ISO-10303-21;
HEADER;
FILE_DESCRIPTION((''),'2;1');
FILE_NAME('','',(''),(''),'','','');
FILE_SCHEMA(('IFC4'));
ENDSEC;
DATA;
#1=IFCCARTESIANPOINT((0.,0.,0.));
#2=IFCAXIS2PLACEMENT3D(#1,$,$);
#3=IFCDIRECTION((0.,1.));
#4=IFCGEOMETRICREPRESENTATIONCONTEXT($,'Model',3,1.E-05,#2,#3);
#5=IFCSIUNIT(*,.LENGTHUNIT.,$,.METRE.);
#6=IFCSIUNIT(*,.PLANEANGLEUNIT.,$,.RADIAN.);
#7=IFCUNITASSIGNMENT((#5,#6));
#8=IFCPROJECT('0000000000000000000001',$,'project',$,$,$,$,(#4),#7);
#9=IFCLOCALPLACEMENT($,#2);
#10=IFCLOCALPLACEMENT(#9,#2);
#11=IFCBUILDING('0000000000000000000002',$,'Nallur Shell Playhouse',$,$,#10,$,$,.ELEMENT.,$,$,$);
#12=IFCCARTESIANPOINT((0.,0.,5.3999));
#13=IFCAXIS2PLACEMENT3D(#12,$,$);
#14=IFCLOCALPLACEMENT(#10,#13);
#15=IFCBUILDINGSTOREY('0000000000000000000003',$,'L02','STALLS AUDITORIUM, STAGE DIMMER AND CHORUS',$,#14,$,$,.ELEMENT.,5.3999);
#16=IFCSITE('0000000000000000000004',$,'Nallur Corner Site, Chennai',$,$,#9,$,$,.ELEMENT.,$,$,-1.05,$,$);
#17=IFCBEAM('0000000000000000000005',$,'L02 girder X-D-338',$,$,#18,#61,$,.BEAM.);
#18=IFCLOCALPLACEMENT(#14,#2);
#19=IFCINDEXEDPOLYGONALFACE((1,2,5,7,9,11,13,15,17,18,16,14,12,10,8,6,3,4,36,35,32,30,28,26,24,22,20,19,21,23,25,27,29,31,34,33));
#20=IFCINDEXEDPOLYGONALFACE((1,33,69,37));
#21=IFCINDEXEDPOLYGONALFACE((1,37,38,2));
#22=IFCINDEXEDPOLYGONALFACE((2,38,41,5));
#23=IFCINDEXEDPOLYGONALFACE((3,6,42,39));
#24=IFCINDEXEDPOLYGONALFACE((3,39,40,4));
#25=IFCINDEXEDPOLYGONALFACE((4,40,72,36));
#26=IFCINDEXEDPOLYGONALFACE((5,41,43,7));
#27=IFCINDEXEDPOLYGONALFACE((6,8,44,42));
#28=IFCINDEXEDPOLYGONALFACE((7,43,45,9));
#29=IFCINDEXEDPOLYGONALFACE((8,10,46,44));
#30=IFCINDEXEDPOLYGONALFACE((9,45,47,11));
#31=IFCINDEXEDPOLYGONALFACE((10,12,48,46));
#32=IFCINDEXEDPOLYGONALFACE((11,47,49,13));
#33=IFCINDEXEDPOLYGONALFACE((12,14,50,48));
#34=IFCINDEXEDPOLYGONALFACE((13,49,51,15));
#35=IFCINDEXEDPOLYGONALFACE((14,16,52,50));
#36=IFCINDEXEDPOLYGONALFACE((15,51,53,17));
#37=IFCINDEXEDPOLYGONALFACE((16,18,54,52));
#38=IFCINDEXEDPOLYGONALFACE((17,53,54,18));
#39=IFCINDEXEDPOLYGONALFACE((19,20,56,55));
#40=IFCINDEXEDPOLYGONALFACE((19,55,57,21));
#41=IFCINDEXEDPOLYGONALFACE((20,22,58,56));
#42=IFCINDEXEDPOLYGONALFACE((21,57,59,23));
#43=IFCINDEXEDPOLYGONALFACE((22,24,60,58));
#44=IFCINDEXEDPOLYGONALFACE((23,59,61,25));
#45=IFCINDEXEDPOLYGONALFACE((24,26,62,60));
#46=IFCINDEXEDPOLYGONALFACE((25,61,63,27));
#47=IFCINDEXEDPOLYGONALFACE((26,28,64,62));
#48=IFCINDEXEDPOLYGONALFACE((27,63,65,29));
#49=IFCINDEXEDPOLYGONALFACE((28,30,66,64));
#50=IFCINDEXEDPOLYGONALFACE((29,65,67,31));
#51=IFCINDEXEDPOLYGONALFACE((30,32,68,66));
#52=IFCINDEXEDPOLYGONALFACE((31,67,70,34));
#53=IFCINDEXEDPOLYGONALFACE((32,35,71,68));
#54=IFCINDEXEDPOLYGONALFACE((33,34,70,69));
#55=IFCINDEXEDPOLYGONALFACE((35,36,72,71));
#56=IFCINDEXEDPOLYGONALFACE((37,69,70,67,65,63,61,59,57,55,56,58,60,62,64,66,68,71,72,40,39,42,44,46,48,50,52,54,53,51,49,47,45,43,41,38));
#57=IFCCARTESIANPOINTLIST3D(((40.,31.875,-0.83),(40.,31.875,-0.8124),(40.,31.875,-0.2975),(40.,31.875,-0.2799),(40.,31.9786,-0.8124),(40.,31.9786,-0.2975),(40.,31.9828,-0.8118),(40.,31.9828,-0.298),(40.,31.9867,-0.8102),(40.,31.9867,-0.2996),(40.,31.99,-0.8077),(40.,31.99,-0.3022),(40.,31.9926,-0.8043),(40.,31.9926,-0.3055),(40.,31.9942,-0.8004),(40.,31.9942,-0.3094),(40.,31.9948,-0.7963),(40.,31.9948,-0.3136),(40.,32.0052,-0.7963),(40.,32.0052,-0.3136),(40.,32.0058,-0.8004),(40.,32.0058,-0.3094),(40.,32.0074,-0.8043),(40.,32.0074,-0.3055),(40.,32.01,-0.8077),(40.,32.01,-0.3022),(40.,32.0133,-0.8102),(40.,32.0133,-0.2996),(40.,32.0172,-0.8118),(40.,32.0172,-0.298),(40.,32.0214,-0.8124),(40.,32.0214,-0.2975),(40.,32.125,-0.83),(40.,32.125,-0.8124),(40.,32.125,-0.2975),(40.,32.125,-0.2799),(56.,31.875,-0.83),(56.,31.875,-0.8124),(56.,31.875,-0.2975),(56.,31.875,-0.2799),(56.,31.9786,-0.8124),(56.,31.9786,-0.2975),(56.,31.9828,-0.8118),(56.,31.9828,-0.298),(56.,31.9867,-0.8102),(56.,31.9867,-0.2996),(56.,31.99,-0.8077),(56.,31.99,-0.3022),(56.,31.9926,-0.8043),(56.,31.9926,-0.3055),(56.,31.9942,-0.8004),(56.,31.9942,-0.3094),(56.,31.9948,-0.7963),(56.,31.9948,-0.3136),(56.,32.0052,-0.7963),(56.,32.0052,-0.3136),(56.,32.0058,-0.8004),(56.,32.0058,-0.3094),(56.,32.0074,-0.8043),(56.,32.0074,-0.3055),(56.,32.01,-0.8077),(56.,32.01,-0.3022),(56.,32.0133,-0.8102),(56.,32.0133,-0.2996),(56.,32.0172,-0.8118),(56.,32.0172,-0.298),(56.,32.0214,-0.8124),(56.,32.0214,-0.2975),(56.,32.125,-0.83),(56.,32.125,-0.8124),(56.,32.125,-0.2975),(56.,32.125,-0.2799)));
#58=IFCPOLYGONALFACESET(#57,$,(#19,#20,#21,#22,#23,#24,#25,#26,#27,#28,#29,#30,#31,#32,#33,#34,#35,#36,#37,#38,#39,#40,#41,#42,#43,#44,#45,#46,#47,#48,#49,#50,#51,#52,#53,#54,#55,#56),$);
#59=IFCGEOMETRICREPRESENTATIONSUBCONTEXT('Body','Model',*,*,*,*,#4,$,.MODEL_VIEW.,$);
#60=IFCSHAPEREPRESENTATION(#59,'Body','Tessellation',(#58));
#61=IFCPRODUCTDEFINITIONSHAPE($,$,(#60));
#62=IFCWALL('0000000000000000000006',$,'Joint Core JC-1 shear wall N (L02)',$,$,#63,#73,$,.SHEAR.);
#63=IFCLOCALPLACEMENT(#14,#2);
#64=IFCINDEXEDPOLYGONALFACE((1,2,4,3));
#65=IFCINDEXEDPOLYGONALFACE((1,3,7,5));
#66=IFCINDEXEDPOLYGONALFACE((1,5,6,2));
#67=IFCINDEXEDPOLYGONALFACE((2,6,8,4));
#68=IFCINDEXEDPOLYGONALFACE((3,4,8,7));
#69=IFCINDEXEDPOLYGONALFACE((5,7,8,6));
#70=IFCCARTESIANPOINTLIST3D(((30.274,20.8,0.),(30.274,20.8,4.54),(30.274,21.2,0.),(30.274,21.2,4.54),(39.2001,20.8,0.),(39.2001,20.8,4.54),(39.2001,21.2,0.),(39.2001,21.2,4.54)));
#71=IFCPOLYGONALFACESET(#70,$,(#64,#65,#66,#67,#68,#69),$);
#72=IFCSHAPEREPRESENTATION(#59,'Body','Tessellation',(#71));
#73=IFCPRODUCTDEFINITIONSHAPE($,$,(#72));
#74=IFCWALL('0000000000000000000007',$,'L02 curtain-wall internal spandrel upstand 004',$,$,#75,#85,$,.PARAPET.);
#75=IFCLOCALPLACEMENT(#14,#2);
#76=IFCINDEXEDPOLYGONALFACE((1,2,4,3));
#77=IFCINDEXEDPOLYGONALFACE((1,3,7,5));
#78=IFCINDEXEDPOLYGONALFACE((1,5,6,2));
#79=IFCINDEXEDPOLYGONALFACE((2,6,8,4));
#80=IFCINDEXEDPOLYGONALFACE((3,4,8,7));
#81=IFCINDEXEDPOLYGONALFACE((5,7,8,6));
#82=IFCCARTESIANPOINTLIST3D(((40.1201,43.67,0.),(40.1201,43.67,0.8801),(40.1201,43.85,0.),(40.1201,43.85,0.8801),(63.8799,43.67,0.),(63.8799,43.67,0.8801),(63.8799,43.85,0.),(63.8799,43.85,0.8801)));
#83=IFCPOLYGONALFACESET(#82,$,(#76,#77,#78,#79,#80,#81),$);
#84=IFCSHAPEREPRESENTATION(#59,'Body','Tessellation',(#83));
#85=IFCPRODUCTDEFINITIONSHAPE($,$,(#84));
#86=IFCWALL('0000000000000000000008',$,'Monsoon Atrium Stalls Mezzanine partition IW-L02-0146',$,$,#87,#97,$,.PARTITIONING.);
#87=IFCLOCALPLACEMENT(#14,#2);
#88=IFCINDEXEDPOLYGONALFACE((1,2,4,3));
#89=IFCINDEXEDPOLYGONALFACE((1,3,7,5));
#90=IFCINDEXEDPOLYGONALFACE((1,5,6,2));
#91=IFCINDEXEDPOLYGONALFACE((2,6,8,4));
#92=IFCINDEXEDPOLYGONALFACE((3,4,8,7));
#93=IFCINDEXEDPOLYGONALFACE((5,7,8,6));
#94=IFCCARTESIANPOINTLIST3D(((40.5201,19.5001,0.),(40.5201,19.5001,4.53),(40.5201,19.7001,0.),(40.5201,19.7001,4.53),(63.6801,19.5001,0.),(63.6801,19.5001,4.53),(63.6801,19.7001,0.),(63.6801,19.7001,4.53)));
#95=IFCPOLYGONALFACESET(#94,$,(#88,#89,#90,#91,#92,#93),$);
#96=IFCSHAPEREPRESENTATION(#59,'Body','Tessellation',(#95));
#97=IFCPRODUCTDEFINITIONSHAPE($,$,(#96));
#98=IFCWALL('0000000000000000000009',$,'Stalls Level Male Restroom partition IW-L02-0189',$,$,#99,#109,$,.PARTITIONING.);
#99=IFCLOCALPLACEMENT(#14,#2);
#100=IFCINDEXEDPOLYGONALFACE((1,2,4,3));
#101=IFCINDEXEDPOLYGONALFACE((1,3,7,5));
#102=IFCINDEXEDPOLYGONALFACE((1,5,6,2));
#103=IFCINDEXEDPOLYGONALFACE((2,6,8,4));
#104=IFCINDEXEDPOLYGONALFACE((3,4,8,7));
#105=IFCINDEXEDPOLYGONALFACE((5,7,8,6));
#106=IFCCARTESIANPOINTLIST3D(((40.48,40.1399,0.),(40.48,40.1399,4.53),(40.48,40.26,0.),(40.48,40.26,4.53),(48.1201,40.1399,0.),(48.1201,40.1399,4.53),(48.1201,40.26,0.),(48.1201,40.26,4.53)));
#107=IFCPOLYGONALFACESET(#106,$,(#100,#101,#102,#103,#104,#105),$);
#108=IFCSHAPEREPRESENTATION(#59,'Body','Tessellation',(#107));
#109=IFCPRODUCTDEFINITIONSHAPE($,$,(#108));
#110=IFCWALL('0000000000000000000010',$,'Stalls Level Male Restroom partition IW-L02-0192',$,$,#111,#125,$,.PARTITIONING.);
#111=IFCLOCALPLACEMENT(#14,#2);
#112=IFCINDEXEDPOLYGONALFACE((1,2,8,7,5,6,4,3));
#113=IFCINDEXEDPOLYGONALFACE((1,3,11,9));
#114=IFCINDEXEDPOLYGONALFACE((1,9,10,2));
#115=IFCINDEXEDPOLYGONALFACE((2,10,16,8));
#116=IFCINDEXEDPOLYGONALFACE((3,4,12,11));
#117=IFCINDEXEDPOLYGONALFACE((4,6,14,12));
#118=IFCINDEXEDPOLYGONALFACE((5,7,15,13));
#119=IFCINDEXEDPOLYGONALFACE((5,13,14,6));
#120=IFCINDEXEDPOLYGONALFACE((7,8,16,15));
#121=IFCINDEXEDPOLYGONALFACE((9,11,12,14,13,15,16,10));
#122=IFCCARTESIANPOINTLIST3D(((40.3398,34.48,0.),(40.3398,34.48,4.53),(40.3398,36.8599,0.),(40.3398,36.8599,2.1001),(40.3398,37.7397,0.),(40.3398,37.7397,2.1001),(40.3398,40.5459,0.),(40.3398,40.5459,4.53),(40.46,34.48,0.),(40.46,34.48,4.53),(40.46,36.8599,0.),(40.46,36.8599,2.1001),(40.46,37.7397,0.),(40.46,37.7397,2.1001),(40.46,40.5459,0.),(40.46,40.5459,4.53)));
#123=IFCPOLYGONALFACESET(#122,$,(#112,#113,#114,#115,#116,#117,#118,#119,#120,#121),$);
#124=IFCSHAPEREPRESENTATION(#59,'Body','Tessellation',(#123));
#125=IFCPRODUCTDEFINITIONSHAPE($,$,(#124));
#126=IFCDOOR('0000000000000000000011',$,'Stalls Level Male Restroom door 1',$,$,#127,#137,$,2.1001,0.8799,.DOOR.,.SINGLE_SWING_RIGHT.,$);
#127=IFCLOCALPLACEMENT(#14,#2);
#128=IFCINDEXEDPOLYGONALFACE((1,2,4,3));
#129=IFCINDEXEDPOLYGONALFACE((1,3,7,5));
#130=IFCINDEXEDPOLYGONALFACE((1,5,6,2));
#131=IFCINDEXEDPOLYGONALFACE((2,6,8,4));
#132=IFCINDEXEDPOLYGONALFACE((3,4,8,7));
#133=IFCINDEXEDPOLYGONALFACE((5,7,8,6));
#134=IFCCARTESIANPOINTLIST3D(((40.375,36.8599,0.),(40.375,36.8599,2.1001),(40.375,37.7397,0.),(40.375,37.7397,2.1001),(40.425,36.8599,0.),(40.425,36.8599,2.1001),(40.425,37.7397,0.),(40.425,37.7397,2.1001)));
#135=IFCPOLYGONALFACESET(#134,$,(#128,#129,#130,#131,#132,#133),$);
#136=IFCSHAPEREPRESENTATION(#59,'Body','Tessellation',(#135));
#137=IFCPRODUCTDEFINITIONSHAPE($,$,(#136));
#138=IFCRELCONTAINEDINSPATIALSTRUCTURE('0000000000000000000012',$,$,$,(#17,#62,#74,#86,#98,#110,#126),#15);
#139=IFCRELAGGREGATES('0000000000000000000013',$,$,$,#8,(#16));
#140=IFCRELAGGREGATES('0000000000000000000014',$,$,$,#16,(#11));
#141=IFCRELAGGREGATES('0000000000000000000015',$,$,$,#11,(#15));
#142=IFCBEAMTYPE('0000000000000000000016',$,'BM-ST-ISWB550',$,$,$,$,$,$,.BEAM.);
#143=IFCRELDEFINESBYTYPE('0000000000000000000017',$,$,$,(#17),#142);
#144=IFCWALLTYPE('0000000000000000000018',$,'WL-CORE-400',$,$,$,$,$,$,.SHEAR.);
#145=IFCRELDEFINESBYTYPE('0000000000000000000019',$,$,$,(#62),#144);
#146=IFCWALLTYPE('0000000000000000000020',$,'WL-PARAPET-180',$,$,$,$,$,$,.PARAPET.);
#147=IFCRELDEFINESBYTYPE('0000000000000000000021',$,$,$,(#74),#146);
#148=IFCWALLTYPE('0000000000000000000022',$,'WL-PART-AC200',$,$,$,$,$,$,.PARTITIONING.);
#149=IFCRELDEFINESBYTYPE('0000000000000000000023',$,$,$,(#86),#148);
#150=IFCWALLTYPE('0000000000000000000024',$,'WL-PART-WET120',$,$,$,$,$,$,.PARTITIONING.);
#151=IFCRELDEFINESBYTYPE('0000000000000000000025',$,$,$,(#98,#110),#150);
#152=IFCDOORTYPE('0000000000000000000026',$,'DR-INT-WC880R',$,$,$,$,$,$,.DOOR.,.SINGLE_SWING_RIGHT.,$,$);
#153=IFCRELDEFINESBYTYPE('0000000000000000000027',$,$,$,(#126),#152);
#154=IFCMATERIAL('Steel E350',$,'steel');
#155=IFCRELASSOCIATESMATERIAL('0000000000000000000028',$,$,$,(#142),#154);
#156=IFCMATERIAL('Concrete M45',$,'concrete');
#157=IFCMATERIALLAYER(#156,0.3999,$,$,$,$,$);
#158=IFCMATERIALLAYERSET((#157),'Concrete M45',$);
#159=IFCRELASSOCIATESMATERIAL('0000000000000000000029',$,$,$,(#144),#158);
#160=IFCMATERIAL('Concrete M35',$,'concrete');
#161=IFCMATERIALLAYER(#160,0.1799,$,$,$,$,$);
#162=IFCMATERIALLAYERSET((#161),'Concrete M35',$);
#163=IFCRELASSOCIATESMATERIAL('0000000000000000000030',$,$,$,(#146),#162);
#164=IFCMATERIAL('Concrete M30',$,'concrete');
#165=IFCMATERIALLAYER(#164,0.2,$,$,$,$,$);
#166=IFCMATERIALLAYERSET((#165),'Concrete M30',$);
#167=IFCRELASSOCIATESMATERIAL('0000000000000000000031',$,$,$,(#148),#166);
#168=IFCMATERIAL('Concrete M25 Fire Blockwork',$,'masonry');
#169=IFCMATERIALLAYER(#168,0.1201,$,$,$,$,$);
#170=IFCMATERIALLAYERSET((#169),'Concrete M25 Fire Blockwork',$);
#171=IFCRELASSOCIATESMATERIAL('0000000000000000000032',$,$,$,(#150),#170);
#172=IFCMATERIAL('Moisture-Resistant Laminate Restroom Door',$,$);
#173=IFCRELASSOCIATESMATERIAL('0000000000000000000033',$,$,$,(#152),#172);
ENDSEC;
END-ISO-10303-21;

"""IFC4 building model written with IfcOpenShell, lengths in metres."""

from ifc_helpers import new_model, si_unit, direction, frame, frame_2d, origin, origin_2d, place, context, subcontext, project, spatial, rectangle, i_section, extrude, material, layer, layer_set, material_profile, profile_set, type_object, element, fill, save


model = new_model("IFC4")

# Units and contexts
model_context = context("Model", 3, precision=1e-05, world=origin(), true_north=direction((0.0, 1.0)))
body_context = subcontext(model_context, "Body", "Model", "MODEL_VIEW")
ifc_project = project(units=[si_unit("LENGTHUNIT", "METRE"), si_unit("PLANEANGLEUNIT", "RADIAN")], contexts=[model_context])

# Site, building, storey
site_placement = place(None, origin())
site = spatial("IfcSite", under=ifc_project, at=site_placement, Name="Nallur Corner Site, Chennai", CompositionType="ELEMENT", RefElevation=-1.05)
building_placement = place(site_placement, origin())
building = spatial("IfcBuilding", under=site, at=building_placement, Name="Nallur Shell Playhouse", CompositionType="ELEMENT")
storey_placement = place(building_placement, frame((0.0, 0.0, 5.3999)))
storey = spatial("IfcBuildingStorey", under=building, at=storey_placement, Name="L02", Description="STALLS AUDITORIUM, STAGE DIMMER AND CHORUS", CompositionType="ELEMENT", Elevation=5.3999)

# Beam
ifc_material_1 = material(Name="Concrete M30", Category="concrete")
ifc_material_2 = material(Name="Concrete M35", Category="concrete")
ifc_material_3 = material(Name="Steel E350", Category="steel")
ifc_material_profile_1 = material_profile(ifc_material_3, i_section(OverallWidth=0.25, OverallDepth=0.55, WebThickness=0.0105, FlangeThickness=0.0176, FilletRadius=0.0161, at=origin_2d()), Name="ISWB 550")
ifc_profile_set_1 = profile_set([ifc_material_profile_1], Name="Steel E350")
beam_type_1 = type_object("IfcBeamType", Name="BM-ST-ISWB550", PredefinedType="BEAM", material=ifc_profile_set_1)
beam_1_placement = place(storey_placement, frame((40.0, 32.0, -0.5549), z_axis=(1.0, 0.0, 0.0), x_axis=(0.0, 1.0, 0.0)))
element("IfcBeam", 1, at=beam_1_placement, inside=storey, type_object=beam_type_1, Name="L02 girder X-D-338", PredefinedType="BEAM", context=body_context, shape_type="SweptSolid", body=[
    extrude(i_section(OverallWidth=0.25, OverallDepth=0.55, WebThickness=0.0105, FlangeThickness=0.0176, FilletRadius=0.0161, at=origin_2d()), origin(), (0.0, 0.0, 1.0), 16.0),
])

# Walls
ifc_material_4 = material(Name="Concrete M45", Category="concrete")
ifc_layer_1 = layer(ifc_material_4, 0.3999)
ifc_layer_set_1 = layer_set([ifc_layer_1], Name="Concrete M45")
wall_type_1 = type_object("IfcWallType", Name="WL-CORE-400", PredefinedType="SHEAR", material=ifc_layer_set_1)
wall_1_placement = place(storey_placement, frame((39.2, 21.0, 0.0), z_axis=(0.0, 0.0, 1.0), x_axis=(-1.0, 0.0, 0.0)))
element("IfcWall", 2, at=wall_1_placement, inside=storey, type_object=wall_type_1, Name="Joint Core JC-1 shear wall N (L02)", PredefinedType="SHEAR", context=body_context, shape_type="SweptSolid", body=[
    extrude(rectangle(XDim=8.926, YDim=0.3999, at=frame_2d((4.4629, 0.0))), origin(), (0.0, 0.0, 1.0), 4.54),
])
ifc_layer_2 = layer(ifc_material_2, 0.1799)
ifc_layer_set_2 = layer_set([ifc_layer_2], Name="Concrete M35")
wall_type_2 = type_object("IfcWallType", Name="WL-PARAPET-180", PredefinedType="PARAPET", material=ifc_layer_set_2)
wall_2_placement = place(storey_placement, frame((40.1201, 43.76, 0.0), z_axis=(0.0, 0.0, 1.0), x_axis=(1.0, 0.0, 0.0)))
element("IfcWall", 3, at=wall_2_placement, inside=storey, type_object=wall_type_2, Name="L02 curtain-wall internal spandrel upstand 004", PredefinedType="PARAPET", context=body_context, shape_type="SweptSolid", body=[
    extrude(rectangle(XDim=23.7598, YDim=0.1799, at=frame_2d((11.8799, 0.0))), origin(), (0.0, 0.0, 1.0), 0.8801),
])
ifc_layer_3 = layer(ifc_material_1, 0.2)
ifc_layer_set_3 = layer_set([ifc_layer_3], Name="Concrete M30")
wall_type_3 = type_object("IfcWallType", Name="WL-PART-AC200", PredefinedType="PARTITIONING", material=ifc_layer_set_3)
wall_3_placement = place(storey_placement, frame((40.52, 19.6001, 0.0), z_axis=(0.0, 0.0, 1.0), x_axis=(1.0, 0.0, 0.0)))
element("IfcWall", 4, at=wall_3_placement, inside=storey, type_object=wall_type_3, Name="Monsoon Atrium Stalls Mezzanine partition IW-L02-0146", PredefinedType="PARTITIONING", context=body_context, shape_type="SweptSolid", body=[
    extrude(rectangle(XDim=23.1599, YDim=0.2, at=frame_2d((11.5801, 0.0))), origin(), (0.0, 0.0, 1.0), 4.53),
])
ifc_material_5 = material(Name="Concrete M25 Fire Blockwork", Category="masonry")
ifc_layer_4 = layer(ifc_material_5, 0.1201)
ifc_layer_set_4 = layer_set([ifc_layer_4], Name="Concrete M25 Fire Blockwork")
wall_type_4 = type_object("IfcWallType", Name="WL-PART-WET120", PredefinedType="PARTITIONING", material=ifc_layer_set_4)
wall_4_placement = place(storey_placement, frame((40.48, 40.2, 0.0), z_axis=(0.0, 0.0, 1.0), x_axis=(1.0, 0.0, 0.0)))
element("IfcWall", 5, at=wall_4_placement, inside=storey, type_object=wall_type_4, Name="Stalls Level Male Restroom partition IW-L02-0189", PredefinedType="PARTITIONING", context=body_context, shape_type="SweptSolid", body=[
    extrude(rectangle(XDim=7.6401, YDim=0.1201, at=frame_2d((3.8201, 0.0))), origin(), (0.0, 0.0, 1.0), 4.53),
])

# Wall, opening, door
wall_5_placement = place(storey_placement, frame((40.3999, 34.48, 0.0), z_axis=(0.0, 0.0, 1.0), x_axis=(0.0, 1.0, 0.0)))
wall_5 = element("IfcWall", 6, at=wall_5_placement, inside=storey, type_object=wall_type_4, Name="Stalls Level Male Restroom partition IW-L02-0192", PredefinedType="PARTITIONING", context=body_context, shape_type="SweptSolid", body=[
    extrude(rectangle(XDim=6.0659, YDim=0.1201, at=frame_2d((3.033, 0.0))), origin(), (0.0, 0.0, 1.0), 4.53),
])
opening_placement = place(wall_5_placement, frame((2.3799, 0.0, 0.0)))
opening = element("IfcOpeningElement", 7, at=opening_placement, cuts=wall_5, PredefinedType="OPENING", context=body_context, shape_type="SweptSolid", body=[
    extrude(rectangle(XDim=0.8799, YDim=2.1001, at=frame_2d((0.4399, 1.05))), frame((0.0, 0.0701, 0.0), z_axis=(0.0, -1.0, 0.0), x_axis=(1.0, 0.0, 0.0)), (0.0, 0.0, 1.0), 0.1401),
])
ifc_material_6 = material(Name="Moisture-Resistant Laminate Restroom Door")
door_type = type_object("IfcDoorType", Name="DR-INT-WC880R", OperationType="SINGLE_SWING_RIGHT", PredefinedType="DOOR", material=ifc_material_6)
door_placement = place(opening_placement, origin())
door = element("IfcDoor", 8, at=door_placement, inside=storey, type_object=door_type, Name="Stalls Level Male Restroom door 1", OperationType="SINGLE_SWING_RIGHT", OverallHeight=2.1001, OverallWidth=0.8799, PredefinedType="DOOR", context=body_context, shape_type="SweptSolid", body=[
    extrude(rectangle(XDim=0.8799, YDim=2.1001, at=frame_2d((0.4399, 1.05))), frame((0.0, 0.0249, 0.0), z_axis=(0.0, -1.0, 0.0), x_axis=(1.0, 0.0, 0.0)), (0.0, 0.0, 1.0), 0.05),
])
fill(opening, door)

save(model, "model.ifc")
